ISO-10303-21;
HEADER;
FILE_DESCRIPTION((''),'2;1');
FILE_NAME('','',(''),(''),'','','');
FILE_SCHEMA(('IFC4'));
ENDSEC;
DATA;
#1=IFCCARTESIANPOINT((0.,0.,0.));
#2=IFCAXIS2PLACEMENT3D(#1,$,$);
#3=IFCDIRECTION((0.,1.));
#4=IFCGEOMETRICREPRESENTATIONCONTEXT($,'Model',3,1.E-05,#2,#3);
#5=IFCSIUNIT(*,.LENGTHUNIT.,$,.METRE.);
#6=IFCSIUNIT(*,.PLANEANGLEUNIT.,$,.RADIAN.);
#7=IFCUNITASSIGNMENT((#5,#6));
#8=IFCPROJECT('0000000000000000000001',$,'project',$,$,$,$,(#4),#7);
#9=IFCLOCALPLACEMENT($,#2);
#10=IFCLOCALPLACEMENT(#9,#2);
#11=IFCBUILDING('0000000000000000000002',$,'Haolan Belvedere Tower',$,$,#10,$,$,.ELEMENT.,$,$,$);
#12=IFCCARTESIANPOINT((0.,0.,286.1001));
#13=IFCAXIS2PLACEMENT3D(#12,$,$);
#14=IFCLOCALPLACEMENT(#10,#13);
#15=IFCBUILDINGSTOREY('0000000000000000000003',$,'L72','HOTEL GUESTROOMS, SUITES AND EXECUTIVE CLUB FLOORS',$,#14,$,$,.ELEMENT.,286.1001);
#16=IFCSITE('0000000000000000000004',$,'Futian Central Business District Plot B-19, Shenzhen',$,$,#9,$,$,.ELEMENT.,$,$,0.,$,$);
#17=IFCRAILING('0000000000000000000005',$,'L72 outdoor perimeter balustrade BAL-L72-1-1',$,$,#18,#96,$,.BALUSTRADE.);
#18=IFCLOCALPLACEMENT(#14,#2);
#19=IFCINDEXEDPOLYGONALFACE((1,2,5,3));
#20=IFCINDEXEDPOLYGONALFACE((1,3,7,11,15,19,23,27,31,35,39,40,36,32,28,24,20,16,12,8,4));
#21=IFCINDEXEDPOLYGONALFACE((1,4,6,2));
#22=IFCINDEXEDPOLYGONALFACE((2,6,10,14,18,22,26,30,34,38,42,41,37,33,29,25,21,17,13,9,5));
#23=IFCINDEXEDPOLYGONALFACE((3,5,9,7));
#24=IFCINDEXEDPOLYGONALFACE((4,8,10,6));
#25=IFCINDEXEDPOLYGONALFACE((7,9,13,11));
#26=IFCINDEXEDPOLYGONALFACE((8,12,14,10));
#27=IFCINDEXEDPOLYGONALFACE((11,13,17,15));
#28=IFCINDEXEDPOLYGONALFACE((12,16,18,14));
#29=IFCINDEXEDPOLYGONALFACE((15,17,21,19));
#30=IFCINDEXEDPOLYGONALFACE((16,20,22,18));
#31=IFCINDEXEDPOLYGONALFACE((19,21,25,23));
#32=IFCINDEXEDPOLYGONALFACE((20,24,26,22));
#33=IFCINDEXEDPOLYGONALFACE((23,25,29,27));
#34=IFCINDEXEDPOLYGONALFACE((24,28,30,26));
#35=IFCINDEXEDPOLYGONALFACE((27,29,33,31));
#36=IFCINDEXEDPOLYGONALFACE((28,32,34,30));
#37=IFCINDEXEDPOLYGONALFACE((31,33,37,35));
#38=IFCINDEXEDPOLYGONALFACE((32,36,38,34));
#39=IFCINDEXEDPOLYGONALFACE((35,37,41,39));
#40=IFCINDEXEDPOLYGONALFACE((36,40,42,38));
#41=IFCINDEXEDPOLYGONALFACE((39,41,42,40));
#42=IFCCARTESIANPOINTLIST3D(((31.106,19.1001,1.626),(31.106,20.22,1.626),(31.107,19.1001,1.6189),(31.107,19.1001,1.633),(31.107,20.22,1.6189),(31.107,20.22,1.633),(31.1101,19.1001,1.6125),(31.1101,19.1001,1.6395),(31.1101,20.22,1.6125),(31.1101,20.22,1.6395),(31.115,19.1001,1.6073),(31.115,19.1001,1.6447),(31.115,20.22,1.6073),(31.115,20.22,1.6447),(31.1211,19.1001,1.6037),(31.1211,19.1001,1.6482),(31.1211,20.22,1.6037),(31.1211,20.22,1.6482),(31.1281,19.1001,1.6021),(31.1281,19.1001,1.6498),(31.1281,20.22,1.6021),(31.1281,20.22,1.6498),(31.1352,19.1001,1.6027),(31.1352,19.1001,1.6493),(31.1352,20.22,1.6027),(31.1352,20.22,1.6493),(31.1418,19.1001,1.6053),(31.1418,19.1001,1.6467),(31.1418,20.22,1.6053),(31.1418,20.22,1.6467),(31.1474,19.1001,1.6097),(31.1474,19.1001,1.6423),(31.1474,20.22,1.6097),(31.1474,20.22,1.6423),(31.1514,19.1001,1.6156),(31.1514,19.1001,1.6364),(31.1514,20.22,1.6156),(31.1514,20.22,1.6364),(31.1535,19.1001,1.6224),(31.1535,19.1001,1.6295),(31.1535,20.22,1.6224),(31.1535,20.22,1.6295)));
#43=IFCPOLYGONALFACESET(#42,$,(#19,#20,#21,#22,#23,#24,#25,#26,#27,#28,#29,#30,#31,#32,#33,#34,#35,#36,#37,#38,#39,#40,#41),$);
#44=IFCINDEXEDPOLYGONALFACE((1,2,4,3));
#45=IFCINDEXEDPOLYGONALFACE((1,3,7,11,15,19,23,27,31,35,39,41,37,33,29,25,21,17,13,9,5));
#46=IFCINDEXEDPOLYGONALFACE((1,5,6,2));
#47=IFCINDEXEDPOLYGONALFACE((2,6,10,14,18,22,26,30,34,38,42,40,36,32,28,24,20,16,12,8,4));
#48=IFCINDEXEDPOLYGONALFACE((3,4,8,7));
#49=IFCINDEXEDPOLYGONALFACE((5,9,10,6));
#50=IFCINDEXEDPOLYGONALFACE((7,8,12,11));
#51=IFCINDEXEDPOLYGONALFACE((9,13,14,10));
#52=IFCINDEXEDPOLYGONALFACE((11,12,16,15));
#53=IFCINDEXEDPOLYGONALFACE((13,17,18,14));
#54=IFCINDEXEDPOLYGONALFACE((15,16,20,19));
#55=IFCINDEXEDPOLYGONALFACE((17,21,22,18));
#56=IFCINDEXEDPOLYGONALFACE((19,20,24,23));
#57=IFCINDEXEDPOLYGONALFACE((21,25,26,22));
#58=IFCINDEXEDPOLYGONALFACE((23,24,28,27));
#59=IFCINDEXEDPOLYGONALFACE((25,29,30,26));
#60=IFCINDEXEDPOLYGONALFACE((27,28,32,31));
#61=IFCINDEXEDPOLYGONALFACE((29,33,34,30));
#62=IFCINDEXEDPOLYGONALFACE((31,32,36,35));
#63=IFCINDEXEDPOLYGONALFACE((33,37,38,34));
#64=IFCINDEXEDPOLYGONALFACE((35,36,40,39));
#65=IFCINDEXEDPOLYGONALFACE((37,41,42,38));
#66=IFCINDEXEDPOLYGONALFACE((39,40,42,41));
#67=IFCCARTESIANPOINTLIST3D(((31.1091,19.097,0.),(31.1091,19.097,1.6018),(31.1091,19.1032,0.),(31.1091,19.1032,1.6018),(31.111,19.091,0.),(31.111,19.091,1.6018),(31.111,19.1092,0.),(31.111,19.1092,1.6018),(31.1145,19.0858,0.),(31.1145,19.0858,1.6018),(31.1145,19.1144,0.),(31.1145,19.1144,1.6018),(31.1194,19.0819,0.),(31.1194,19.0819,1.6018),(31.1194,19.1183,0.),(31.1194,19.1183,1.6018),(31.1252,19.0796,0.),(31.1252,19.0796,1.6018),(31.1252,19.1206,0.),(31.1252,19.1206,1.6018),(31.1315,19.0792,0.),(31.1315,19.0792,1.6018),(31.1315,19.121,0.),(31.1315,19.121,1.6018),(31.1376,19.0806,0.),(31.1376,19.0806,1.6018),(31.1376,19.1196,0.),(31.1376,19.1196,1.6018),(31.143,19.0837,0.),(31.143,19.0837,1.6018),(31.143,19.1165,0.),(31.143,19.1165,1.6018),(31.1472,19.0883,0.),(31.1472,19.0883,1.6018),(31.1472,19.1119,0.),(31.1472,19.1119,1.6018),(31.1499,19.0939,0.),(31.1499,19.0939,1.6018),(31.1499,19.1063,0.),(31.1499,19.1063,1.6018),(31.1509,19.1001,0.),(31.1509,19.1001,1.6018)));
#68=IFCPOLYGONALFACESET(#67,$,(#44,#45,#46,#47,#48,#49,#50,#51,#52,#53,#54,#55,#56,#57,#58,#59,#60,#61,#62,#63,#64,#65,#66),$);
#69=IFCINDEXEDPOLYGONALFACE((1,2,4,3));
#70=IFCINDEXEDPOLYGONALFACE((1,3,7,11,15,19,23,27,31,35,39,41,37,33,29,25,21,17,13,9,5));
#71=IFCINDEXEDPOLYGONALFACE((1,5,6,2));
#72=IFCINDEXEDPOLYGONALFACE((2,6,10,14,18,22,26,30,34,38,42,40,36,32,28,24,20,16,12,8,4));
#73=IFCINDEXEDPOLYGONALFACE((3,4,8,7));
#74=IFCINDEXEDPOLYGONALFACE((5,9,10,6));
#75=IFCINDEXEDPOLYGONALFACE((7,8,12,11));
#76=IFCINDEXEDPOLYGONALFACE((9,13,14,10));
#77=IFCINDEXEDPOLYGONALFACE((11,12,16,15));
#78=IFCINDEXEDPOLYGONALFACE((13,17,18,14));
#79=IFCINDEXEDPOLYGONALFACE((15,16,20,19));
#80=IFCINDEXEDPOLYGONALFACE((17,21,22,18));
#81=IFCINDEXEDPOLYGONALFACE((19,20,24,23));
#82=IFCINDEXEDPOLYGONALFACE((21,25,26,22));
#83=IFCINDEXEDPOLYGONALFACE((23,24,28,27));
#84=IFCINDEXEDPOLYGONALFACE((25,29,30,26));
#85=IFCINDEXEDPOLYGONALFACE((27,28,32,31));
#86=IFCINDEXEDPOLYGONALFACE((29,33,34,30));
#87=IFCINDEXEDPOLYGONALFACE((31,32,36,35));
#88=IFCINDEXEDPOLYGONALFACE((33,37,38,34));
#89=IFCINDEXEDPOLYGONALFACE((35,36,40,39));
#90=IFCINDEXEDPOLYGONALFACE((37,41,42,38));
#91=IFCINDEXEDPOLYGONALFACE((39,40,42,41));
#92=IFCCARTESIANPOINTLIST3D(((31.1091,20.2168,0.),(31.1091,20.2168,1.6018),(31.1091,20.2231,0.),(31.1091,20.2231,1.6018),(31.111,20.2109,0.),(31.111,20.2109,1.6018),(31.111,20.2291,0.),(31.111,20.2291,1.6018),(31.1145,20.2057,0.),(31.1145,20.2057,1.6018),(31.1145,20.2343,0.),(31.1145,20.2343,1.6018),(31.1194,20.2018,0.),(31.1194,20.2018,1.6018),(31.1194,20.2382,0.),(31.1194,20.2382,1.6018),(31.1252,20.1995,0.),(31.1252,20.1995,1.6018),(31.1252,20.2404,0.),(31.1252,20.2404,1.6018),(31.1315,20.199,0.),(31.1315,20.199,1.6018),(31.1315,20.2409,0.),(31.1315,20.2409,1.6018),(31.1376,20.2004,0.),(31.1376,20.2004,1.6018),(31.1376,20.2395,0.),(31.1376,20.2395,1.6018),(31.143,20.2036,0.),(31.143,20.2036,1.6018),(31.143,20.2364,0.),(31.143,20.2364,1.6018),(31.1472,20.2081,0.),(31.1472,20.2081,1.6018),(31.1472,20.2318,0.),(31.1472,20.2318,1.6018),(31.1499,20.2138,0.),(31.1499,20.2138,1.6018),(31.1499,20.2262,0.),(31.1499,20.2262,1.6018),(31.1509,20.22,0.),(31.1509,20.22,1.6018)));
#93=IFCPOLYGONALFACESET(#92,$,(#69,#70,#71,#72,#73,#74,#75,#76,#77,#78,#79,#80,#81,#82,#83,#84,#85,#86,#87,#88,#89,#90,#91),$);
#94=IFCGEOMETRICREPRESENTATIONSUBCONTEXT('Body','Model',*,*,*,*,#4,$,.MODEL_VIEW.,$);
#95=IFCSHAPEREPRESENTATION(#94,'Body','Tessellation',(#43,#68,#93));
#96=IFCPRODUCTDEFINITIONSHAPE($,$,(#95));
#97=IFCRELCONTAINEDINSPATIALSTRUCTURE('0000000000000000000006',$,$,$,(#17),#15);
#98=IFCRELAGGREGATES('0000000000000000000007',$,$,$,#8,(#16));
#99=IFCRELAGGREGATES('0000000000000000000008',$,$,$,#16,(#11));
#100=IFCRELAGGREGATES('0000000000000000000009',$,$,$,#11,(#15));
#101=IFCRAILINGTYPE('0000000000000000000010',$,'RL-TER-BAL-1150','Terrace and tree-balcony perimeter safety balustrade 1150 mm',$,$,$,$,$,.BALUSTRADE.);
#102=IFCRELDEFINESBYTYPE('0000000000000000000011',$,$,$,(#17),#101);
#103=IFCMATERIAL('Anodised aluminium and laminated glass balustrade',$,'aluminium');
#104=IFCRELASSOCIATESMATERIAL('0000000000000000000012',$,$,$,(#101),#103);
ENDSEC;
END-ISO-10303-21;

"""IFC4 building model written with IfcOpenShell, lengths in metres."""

from ifc_helpers import new_model, si_unit, direction, frame, origin, origin_2d, place, context, subcontext, project, spatial, circle, extrude, material, type_object, element, save


model = new_model("IFC4")

# Units and contexts
model_context = context("Model", 3, precision=1e-05, world=origin(), true_north=direction((0.0, 1.0)))
body_context = subcontext(model_context, "Body", "Model", "MODEL_VIEW")
ifc_project = project(units=[si_unit("LENGTHUNIT", "METRE"), si_unit("PLANEANGLEUNIT", "RADIAN")], contexts=[model_context])

# Site, building, storey
site_placement = place(None, origin())
site = spatial("IfcSite", under=ifc_project, at=site_placement, Name="Futian Central Business District Plot B-19, Shenzhen", CompositionType="ELEMENT", RefElevation=0.0)
building_placement = place(site_placement, origin())
building = spatial("IfcBuilding", under=site, at=building_placement, Name="Haolan Belvedere Tower", CompositionType="ELEMENT")
storey_placement = place(building_placement, frame((0.0, 0.0, 286.1001)))
storey = spatial("IfcBuildingStorey", under=building, at=storey_placement, Name="L72", Description="HOTEL GUESTROOMS, SUITES AND EXECUTIVE CLUB FLOORS", CompositionType="ELEMENT", Elevation=286.1001)

# Railing
ifc_material_1 = material(Name="Anodised aluminium and laminated glass balustrade", Category="aluminium")
railing_type = type_object("IfcRailingType", Name="RL-TER-BAL-1150", Description="Terrace and tree-balcony perimeter safety balustrade 1150 mm", PredefinedType="BALUSTRADE", material=ifc_material_1)
railing_1_placement = place(storey_placement, frame((31.1299, 19.1001, 0.0)))
element("IfcRailing", 1, at=railing_1_placement, inside=storey, type_object=railing_type, Name="L72 outdoor perimeter balustrade BAL-L72-1-1", PredefinedType="BALUSTRADE", context=body_context, shape_type="SweptSolid", body=[
    extrude(circle(Radius=0.0239, at=origin_2d()), frame((0.0, 0.0, 1.626), z_axis=(0.0, 1.0, 0.0), x_axis=(-1.0, 0.0, 0.0)), (0.0, 0.0, 1.0), 1.1199),
    extrude(circle(Radius=0.021, at=origin_2d()), origin(), (0.0, 0.0, 1.0), 1.6018),
    extrude(circle(Radius=0.021, at=origin_2d()), frame((0.0, 1.1199, 0.0)), (0.0, 0.0, 1.0), 1.6018),
])

save(model, "model.ifc")
